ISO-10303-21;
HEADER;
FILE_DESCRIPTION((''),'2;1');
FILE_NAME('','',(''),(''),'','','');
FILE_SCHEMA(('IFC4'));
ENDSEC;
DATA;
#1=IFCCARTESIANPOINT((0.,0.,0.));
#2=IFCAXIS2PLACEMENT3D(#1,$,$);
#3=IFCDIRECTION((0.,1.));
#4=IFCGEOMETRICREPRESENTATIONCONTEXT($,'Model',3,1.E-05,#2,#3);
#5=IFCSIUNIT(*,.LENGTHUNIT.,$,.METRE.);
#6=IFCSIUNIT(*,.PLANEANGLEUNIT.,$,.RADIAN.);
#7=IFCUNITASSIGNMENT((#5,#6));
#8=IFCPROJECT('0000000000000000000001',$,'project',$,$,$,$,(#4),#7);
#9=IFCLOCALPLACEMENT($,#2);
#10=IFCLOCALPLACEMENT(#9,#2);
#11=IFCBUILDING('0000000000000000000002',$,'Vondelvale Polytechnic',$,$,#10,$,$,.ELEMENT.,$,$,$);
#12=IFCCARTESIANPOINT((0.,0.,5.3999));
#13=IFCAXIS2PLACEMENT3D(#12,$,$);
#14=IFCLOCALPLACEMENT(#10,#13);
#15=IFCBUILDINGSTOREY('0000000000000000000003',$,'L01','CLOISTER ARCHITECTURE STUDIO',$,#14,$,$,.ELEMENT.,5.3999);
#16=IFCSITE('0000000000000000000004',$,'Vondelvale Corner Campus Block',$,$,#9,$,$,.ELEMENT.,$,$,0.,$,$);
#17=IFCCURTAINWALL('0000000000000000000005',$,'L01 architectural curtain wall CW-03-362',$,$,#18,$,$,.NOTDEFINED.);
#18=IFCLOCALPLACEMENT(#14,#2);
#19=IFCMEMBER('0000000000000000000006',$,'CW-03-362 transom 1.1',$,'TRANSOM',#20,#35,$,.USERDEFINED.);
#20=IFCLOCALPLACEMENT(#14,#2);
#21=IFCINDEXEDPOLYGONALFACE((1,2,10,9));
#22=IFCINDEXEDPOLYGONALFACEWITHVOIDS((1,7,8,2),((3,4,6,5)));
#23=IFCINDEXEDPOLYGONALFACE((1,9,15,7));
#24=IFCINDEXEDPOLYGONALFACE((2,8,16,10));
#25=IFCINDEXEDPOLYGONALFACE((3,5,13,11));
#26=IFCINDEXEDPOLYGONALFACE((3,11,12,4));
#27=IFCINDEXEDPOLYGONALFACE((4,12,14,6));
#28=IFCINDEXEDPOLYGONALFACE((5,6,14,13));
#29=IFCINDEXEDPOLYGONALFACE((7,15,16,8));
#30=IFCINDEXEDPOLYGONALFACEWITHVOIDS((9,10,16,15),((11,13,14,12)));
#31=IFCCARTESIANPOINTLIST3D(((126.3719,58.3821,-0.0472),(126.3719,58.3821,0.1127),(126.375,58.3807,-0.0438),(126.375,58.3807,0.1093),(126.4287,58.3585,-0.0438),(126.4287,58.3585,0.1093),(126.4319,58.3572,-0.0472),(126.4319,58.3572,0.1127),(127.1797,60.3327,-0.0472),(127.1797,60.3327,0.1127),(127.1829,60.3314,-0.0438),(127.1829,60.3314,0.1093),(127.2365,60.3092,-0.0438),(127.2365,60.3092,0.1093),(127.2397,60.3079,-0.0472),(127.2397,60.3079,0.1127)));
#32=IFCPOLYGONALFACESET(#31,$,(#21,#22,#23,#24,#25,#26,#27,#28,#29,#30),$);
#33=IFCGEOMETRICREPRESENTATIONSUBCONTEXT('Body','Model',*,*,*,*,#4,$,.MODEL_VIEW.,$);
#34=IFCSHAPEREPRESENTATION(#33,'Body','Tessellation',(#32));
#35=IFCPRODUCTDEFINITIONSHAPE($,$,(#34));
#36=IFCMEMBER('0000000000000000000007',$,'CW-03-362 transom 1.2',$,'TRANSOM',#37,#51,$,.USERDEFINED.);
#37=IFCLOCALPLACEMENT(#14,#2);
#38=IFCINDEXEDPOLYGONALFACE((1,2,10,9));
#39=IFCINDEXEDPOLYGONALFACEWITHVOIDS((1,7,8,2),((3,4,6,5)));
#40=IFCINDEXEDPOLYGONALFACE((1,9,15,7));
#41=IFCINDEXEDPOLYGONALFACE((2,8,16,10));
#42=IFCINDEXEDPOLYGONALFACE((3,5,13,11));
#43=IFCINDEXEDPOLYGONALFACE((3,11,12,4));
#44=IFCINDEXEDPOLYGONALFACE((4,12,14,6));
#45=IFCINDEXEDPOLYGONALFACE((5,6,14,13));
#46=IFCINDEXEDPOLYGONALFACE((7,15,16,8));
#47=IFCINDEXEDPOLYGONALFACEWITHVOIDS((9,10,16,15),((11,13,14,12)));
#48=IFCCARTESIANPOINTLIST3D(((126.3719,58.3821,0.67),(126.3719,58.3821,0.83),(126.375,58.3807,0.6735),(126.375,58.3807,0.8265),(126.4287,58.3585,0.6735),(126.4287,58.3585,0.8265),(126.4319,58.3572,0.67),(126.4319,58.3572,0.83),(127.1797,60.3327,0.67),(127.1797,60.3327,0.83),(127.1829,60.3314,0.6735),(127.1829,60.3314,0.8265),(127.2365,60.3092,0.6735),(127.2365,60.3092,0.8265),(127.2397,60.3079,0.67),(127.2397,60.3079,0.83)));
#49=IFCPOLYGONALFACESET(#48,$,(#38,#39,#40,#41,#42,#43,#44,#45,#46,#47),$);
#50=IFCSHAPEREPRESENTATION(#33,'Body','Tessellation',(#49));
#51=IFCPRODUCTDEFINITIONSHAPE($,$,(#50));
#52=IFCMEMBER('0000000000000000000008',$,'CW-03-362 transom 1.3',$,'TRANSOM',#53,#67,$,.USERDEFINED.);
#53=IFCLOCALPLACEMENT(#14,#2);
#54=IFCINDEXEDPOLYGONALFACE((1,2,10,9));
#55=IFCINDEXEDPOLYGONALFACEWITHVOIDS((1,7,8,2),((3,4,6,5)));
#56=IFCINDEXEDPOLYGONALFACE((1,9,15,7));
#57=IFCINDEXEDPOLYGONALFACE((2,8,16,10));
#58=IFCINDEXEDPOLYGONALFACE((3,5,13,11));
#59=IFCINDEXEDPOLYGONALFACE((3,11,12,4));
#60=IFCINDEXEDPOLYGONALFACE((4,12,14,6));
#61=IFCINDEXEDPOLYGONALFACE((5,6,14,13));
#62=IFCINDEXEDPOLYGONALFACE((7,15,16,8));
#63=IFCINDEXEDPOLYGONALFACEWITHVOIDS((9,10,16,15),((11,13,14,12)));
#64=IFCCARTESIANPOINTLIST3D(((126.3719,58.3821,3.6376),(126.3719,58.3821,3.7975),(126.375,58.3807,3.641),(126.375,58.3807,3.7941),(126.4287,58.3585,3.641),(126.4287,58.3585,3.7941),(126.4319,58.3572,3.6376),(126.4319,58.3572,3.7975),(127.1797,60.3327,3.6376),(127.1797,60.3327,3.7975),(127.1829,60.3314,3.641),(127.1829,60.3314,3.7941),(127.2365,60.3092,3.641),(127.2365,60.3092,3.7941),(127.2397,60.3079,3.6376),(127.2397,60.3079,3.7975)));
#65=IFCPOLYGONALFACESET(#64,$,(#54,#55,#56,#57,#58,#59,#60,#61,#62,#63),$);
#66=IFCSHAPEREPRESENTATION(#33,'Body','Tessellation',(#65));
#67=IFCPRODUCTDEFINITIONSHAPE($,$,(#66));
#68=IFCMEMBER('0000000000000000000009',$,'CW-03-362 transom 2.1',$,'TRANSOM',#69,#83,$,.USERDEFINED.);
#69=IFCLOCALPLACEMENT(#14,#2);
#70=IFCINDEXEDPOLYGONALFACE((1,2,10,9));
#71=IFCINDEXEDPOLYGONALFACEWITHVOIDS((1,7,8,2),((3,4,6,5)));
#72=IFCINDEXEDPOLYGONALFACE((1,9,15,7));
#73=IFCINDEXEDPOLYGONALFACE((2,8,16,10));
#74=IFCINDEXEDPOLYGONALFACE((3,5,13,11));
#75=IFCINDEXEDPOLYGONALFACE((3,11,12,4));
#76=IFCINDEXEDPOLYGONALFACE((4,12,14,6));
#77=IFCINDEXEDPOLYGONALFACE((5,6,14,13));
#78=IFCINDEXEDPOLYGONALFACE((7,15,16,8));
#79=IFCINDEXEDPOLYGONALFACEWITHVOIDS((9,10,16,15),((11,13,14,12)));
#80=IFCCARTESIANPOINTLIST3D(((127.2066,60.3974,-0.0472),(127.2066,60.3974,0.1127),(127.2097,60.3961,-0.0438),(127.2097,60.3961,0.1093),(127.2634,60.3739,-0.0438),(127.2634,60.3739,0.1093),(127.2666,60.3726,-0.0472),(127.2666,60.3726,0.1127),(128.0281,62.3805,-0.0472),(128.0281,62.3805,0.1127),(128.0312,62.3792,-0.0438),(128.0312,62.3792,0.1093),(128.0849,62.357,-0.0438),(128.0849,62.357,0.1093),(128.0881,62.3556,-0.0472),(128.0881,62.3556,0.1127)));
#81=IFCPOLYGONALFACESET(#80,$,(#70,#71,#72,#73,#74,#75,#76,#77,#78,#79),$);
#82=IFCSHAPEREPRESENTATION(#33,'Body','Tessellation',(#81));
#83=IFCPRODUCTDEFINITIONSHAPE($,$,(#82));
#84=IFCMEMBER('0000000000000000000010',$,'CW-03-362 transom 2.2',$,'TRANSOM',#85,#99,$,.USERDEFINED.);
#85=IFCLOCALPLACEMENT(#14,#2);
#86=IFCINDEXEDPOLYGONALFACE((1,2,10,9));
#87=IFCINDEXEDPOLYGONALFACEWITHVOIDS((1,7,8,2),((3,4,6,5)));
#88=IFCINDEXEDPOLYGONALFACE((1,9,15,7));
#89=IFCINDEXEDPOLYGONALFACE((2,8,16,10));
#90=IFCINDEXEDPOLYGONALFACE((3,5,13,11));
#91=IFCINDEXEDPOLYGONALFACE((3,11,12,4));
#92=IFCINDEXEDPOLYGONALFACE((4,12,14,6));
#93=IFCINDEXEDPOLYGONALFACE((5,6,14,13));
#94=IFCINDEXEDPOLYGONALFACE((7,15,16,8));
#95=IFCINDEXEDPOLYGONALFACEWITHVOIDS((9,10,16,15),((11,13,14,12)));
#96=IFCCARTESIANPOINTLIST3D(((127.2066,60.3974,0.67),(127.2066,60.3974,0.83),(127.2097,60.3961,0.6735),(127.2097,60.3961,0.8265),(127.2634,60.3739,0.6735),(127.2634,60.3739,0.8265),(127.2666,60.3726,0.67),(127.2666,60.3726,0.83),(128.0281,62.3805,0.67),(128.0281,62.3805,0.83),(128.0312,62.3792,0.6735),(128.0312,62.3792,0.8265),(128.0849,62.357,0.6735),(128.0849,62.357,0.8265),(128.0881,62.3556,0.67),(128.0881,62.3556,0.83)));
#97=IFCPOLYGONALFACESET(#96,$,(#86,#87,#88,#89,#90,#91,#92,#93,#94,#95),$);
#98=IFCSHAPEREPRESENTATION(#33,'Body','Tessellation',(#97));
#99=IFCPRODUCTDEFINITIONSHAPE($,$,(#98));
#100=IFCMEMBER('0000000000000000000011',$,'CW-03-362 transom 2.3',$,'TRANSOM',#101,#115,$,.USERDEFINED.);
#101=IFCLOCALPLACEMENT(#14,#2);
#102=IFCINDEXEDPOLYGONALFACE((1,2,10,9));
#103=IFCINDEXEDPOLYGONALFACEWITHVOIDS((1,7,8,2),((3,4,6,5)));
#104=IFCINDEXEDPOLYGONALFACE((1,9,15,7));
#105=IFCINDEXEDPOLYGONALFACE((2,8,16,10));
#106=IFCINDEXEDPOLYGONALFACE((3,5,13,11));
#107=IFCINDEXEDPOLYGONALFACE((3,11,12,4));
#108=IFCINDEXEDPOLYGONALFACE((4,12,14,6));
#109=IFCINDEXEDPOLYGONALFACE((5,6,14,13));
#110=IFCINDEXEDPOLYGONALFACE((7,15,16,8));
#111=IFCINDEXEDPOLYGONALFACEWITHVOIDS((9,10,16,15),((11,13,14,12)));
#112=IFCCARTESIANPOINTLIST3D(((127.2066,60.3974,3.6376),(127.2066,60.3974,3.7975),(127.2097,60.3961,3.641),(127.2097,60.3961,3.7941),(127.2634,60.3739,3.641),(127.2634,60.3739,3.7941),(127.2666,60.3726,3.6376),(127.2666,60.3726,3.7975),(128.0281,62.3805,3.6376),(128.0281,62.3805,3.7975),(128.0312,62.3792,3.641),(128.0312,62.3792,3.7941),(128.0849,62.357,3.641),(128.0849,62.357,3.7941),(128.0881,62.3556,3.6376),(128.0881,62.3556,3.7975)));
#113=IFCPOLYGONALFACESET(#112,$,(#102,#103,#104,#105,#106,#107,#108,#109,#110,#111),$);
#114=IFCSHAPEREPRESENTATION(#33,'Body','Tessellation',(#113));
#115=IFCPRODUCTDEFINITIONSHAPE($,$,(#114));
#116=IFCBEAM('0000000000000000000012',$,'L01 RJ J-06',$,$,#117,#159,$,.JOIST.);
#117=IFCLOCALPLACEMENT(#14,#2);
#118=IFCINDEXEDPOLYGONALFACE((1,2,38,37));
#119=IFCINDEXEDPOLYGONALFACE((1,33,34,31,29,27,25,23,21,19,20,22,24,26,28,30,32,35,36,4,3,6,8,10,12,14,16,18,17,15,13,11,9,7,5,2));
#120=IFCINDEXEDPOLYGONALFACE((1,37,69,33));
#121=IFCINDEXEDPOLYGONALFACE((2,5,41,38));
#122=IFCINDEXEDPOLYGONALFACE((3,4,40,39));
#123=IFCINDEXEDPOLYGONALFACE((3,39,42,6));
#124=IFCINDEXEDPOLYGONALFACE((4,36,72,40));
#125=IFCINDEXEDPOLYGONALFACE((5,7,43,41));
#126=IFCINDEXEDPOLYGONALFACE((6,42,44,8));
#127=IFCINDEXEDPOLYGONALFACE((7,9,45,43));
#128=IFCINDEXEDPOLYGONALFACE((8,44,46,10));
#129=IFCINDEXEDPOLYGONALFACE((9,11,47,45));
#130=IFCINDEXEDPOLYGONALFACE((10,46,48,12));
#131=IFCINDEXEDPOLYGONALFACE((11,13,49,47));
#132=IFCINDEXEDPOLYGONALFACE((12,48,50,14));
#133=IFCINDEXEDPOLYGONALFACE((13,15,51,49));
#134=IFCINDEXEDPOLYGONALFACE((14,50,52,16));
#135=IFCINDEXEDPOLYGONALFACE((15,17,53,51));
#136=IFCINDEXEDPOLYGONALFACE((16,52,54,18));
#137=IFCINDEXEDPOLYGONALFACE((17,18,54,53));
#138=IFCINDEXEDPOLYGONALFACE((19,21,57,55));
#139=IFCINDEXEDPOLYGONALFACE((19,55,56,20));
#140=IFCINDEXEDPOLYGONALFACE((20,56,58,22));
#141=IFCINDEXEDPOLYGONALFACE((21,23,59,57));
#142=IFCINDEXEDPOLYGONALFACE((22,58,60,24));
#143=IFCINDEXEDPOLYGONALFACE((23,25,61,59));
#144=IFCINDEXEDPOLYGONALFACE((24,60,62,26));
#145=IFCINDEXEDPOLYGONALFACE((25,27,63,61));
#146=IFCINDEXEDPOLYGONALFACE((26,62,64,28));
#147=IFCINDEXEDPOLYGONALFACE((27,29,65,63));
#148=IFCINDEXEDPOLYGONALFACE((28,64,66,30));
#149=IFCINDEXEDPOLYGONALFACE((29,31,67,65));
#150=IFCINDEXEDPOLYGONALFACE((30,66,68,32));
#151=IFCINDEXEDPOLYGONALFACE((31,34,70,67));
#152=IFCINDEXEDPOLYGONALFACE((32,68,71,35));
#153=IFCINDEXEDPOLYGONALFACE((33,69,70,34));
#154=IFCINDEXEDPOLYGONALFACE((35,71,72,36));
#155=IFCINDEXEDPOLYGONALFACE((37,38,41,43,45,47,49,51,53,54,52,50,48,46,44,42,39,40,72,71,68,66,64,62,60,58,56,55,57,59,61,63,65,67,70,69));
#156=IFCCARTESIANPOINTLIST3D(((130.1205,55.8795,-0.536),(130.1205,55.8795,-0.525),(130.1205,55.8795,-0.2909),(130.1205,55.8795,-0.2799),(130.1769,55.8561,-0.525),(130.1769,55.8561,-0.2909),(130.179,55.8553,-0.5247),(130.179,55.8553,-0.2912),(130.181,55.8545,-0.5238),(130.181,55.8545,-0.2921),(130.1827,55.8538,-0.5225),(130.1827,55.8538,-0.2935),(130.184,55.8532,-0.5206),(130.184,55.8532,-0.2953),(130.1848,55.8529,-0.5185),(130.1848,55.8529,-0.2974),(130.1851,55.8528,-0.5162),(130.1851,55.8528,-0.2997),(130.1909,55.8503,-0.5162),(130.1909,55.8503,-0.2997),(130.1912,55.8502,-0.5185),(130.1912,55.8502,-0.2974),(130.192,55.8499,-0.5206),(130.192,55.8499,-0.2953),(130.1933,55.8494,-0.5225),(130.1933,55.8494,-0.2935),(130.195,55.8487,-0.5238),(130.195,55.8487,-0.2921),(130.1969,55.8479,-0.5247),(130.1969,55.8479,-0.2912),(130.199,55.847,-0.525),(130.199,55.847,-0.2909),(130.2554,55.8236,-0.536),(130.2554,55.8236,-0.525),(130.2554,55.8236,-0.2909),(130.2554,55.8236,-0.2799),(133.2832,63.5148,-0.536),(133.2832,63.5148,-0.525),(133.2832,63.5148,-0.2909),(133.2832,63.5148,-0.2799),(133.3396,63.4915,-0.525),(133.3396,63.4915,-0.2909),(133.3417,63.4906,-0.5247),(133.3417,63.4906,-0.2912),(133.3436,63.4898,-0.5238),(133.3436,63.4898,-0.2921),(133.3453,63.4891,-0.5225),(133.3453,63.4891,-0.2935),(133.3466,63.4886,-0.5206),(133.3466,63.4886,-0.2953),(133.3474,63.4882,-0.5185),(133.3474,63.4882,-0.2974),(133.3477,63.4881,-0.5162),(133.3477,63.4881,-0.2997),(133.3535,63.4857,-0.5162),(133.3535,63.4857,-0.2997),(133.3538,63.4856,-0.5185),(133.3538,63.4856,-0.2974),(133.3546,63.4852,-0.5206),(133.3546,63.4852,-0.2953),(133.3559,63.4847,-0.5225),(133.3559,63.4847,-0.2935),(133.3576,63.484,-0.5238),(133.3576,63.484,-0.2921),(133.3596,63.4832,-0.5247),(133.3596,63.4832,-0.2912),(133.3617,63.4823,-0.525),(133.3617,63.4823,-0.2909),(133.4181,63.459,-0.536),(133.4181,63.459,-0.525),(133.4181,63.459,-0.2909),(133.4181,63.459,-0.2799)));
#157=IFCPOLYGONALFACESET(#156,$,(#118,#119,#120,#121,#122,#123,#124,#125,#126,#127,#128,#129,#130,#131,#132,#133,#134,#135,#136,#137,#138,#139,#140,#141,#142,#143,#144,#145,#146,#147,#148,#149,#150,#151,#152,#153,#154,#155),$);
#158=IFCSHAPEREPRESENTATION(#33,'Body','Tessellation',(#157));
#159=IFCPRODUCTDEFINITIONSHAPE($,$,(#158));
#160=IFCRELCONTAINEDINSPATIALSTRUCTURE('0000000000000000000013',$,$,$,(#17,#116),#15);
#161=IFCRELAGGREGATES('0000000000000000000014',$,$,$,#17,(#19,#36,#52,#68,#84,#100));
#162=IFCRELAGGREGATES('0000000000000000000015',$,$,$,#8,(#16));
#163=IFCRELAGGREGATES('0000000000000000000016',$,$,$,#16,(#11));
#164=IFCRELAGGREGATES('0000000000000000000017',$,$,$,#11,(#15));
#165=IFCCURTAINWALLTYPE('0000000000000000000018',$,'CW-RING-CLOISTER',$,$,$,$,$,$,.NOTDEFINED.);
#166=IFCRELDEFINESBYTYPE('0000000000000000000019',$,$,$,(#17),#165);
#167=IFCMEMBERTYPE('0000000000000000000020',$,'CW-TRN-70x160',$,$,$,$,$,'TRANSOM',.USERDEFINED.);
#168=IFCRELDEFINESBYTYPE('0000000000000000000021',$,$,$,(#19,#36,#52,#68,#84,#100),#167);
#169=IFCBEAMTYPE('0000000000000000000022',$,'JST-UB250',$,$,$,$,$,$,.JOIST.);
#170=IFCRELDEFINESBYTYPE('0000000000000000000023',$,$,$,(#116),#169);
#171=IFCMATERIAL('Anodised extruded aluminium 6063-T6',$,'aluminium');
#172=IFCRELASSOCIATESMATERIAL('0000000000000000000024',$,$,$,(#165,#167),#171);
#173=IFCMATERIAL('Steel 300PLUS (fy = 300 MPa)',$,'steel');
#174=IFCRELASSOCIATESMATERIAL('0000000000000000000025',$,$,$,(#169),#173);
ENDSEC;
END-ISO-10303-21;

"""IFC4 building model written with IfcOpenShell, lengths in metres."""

from ifc_helpers import new_model, si_unit, direction, frame, origin, origin_2d, place, context, subcontext, project, spatial, hollow_rectangle, i_section, extrude, material, material_profile, profile_set, type_object, element, aggregate, save


model = new_model("IFC4")

# Units and contexts
model_context = context("Model", 3, precision=1e-05, world=origin(), true_north=direction((0.0, 1.0)))
body_context = subcontext(model_context, "Body", "Model", "MODEL_VIEW")
ifc_project = project(units=[si_unit("LENGTHUNIT", "METRE"), si_unit("PLANEANGLEUNIT", "RADIAN")], contexts=[model_context])

# Site, building, storey
site_placement = place(None, origin())
site = spatial("IfcSite", under=ifc_project, at=site_placement, Name="Vondelvale Corner Campus Block", CompositionType="ELEMENT", RefElevation=0.0)
building_placement = place(site_placement, origin())
building = spatial("IfcBuilding", under=site, at=building_placement, Name="Vondelvale Polytechnic", CompositionType="ELEMENT")
storey_placement = place(building_placement, frame((0.0, 0.0, 5.3999)))
storey = spatial("IfcBuildingStorey", under=building, at=storey_placement, Name="L01", Description="CLOISTER ARCHITECTURE STUDIO", CompositionType="ELEMENT", Elevation=5.3999)

# Shared definitions
ifc_material_1 = material(Name="Steel 300PLUS (fy = 300 MPa)", Category="steel")

# Curtain wall, members
ifc_material_2 = material(Name="Anodised extruded aluminium 6063-T6", Category="aluminium")
curtain_wall_type = type_object("IfcCurtainWallType", Name="CW-RING-CLOISTER", PredefinedType="NOTDEFINED", material=ifc_material_2)
curtain_wall_placement = place(storey_placement, origin())
curtain_wall = element("IfcCurtainWall", 1, at=curtain_wall_placement, inside=storey, type_object=curtain_wall_type, Name="L01 architectural curtain wall CW-03-362", PredefinedType="NOTDEFINED")
ifc_material_profile_1 = material_profile(ifc_material_2, hollow_rectangle(XDim=0.0649, YDim=0.1599, WallThickness=0.0034, at=origin_2d()), Name="CW-TRN-160x65")
ifc_profile_set_1 = profile_set([ifc_material_profile_1], Name="Anodised extruded aluminium 6063-T6")
member_type_1 = type_object("IfcMemberType", Name="CW-TRN-70x160", ElementType="TRANSOM", PredefinedType="USERDEFINED", material=ifc_profile_set_1)
member_1_placement = place(storey_placement, frame((126.4019, 58.3696, 0.0327), z_axis=(0.382628, 0.923903, 0.0), x_axis=(-0.923903, 0.382628, 0.0)))
member_1 = element("IfcMember", 2, at=member_1_placement, type_object=member_type_1, Name="CW-03-362 transom 1.1", ObjectType="TRANSOM", PredefinedType="USERDEFINED", context=body_context, shape_type="SweptSolid", body=[
    extrude(hollow_rectangle(XDim=0.0649, YDim=0.1599, WallThickness=0.0034, at=origin_2d()), origin(), (0.0, 0.0, 1.0), 2.1113),
])
member_2_placement = place(storey_placement, frame((126.4019, 58.3696, 0.75), z_axis=(0.382628, 0.923903, 0.0), x_axis=(-0.923903, 0.382628, 0.0)))
member_2 = element("IfcMember", 3, at=member_2_placement, type_object=member_type_1, Name="CW-03-362 transom 1.2", ObjectType="TRANSOM", PredefinedType="USERDEFINED", context=body_context, shape_type="SweptSolid", body=[
    extrude(hollow_rectangle(XDim=0.0649, YDim=0.1599, WallThickness=0.0034, at=origin_2d()), origin(), (0.0, 0.0, 1.0), 2.1113),
])
member_3_placement = place(storey_placement, frame((126.4019, 58.3696, 3.7175), z_axis=(0.382628, 0.923903, 0.0), x_axis=(-0.923903, 0.382628, 0.0)))
member_3 = element("IfcMember", 4, at=member_3_placement, type_object=member_type_1, Name="CW-03-362 transom 1.3", ObjectType="TRANSOM", PredefinedType="USERDEFINED", context=body_context, shape_type="SweptSolid", body=[
    extrude(hollow_rectangle(XDim=0.0649, YDim=0.1599, WallThickness=0.0034, at=origin_2d()), origin(), (0.0, 0.0, 1.0), 2.1113),
])
member_4_placement = place(storey_placement, frame((127.2366, 60.385, 0.0327), z_axis=(0.382717, 0.923866, 0.0), x_axis=(-0.923866, 0.382717, 0.0)))
member_4 = element("IfcMember", 5, at=member_4_placement, type_object=member_type_1, Name="CW-03-362 transom 2.1", ObjectType="TRANSOM", PredefinedType="USERDEFINED", context=body_context, shape_type="SweptSolid", body=[
    extrude(hollow_rectangle(XDim=0.0649, YDim=0.1599, WallThickness=0.0034, at=origin_2d()), origin(), (0.0, 0.0, 1.0), 2.1465),
])
member_5_placement = place(storey_placement, frame((127.2366, 60.385, 0.75), z_axis=(0.382717, 0.923866, 0.0), x_axis=(-0.923866, 0.382717, 0.0)))
member_5 = element("IfcMember", 6, at=member_5_placement, type_object=member_type_1, Name="CW-03-362 transom 2.2", ObjectType="TRANSOM", PredefinedType="USERDEFINED", context=body_context, shape_type="SweptSolid", body=[
    extrude(hollow_rectangle(XDim=0.0649, YDim=0.1599, WallThickness=0.0034, at=origin_2d()), origin(), (0.0, 0.0, 1.0), 2.1465),
])
member_6_placement = place(storey_placement, frame((127.2366, 60.385, 3.7175), z_axis=(0.382717, 0.923866, 0.0), x_axis=(-0.923866, 0.382717, 0.0)))
member_6 = element("IfcMember", 7, at=member_6_placement, type_object=member_type_1, Name="CW-03-362 transom 2.3", ObjectType="TRANSOM", PredefinedType="USERDEFINED", context=body_context, shape_type="SweptSolid", body=[
    extrude(hollow_rectangle(XDim=0.0649, YDim=0.1599, WallThickness=0.0034, at=origin_2d()), origin(), (0.0, 0.0, 1.0), 2.1465),
])

# Beam
ifc_material_profile_2 = material_profile(ifc_material_1, i_section(OverallWidth=0.146, OverallDepth=0.2561, WebThickness=0.0063, FlangeThickness=0.011, FilletRadius=0.0088, at=origin_2d()), Name="250UB37.3")
ifc_profile_set_2 = profile_set([ifc_material_profile_2], Name="Steel 300PLUS (fy = 300 MPa)")
beam_type_1 = type_object("IfcBeamType", Name="JST-UB250", PredefinedType="JOIST", material=ifc_profile_set_2)
beam_1_placement = place(storey_placement, frame((130.188, 55.8516, -0.408), z_axis=(0.382681, 0.923881, 0.0), x_axis=(-0.923881, 0.382681, 0.0)))
element("IfcBeam", 8, at=beam_1_placement, inside=storey, type_object=beam_type_1, Name="L01 RJ J-06", PredefinedType="JOIST", context=body_context, shape_type="SweptSolid", body=[
    extrude(i_section(OverallWidth=0.146, OverallDepth=0.2561, WebThickness=0.0063, FlangeThickness=0.011, FilletRadius=0.0088, at=origin_2d()), origin(), (0.0, 0.0, 1.0), 8.2644),
])

aggregate(curtain_wall, [member_1, member_2, member_3, member_4, member_5, member_6])

save(model, "model.ifc")
